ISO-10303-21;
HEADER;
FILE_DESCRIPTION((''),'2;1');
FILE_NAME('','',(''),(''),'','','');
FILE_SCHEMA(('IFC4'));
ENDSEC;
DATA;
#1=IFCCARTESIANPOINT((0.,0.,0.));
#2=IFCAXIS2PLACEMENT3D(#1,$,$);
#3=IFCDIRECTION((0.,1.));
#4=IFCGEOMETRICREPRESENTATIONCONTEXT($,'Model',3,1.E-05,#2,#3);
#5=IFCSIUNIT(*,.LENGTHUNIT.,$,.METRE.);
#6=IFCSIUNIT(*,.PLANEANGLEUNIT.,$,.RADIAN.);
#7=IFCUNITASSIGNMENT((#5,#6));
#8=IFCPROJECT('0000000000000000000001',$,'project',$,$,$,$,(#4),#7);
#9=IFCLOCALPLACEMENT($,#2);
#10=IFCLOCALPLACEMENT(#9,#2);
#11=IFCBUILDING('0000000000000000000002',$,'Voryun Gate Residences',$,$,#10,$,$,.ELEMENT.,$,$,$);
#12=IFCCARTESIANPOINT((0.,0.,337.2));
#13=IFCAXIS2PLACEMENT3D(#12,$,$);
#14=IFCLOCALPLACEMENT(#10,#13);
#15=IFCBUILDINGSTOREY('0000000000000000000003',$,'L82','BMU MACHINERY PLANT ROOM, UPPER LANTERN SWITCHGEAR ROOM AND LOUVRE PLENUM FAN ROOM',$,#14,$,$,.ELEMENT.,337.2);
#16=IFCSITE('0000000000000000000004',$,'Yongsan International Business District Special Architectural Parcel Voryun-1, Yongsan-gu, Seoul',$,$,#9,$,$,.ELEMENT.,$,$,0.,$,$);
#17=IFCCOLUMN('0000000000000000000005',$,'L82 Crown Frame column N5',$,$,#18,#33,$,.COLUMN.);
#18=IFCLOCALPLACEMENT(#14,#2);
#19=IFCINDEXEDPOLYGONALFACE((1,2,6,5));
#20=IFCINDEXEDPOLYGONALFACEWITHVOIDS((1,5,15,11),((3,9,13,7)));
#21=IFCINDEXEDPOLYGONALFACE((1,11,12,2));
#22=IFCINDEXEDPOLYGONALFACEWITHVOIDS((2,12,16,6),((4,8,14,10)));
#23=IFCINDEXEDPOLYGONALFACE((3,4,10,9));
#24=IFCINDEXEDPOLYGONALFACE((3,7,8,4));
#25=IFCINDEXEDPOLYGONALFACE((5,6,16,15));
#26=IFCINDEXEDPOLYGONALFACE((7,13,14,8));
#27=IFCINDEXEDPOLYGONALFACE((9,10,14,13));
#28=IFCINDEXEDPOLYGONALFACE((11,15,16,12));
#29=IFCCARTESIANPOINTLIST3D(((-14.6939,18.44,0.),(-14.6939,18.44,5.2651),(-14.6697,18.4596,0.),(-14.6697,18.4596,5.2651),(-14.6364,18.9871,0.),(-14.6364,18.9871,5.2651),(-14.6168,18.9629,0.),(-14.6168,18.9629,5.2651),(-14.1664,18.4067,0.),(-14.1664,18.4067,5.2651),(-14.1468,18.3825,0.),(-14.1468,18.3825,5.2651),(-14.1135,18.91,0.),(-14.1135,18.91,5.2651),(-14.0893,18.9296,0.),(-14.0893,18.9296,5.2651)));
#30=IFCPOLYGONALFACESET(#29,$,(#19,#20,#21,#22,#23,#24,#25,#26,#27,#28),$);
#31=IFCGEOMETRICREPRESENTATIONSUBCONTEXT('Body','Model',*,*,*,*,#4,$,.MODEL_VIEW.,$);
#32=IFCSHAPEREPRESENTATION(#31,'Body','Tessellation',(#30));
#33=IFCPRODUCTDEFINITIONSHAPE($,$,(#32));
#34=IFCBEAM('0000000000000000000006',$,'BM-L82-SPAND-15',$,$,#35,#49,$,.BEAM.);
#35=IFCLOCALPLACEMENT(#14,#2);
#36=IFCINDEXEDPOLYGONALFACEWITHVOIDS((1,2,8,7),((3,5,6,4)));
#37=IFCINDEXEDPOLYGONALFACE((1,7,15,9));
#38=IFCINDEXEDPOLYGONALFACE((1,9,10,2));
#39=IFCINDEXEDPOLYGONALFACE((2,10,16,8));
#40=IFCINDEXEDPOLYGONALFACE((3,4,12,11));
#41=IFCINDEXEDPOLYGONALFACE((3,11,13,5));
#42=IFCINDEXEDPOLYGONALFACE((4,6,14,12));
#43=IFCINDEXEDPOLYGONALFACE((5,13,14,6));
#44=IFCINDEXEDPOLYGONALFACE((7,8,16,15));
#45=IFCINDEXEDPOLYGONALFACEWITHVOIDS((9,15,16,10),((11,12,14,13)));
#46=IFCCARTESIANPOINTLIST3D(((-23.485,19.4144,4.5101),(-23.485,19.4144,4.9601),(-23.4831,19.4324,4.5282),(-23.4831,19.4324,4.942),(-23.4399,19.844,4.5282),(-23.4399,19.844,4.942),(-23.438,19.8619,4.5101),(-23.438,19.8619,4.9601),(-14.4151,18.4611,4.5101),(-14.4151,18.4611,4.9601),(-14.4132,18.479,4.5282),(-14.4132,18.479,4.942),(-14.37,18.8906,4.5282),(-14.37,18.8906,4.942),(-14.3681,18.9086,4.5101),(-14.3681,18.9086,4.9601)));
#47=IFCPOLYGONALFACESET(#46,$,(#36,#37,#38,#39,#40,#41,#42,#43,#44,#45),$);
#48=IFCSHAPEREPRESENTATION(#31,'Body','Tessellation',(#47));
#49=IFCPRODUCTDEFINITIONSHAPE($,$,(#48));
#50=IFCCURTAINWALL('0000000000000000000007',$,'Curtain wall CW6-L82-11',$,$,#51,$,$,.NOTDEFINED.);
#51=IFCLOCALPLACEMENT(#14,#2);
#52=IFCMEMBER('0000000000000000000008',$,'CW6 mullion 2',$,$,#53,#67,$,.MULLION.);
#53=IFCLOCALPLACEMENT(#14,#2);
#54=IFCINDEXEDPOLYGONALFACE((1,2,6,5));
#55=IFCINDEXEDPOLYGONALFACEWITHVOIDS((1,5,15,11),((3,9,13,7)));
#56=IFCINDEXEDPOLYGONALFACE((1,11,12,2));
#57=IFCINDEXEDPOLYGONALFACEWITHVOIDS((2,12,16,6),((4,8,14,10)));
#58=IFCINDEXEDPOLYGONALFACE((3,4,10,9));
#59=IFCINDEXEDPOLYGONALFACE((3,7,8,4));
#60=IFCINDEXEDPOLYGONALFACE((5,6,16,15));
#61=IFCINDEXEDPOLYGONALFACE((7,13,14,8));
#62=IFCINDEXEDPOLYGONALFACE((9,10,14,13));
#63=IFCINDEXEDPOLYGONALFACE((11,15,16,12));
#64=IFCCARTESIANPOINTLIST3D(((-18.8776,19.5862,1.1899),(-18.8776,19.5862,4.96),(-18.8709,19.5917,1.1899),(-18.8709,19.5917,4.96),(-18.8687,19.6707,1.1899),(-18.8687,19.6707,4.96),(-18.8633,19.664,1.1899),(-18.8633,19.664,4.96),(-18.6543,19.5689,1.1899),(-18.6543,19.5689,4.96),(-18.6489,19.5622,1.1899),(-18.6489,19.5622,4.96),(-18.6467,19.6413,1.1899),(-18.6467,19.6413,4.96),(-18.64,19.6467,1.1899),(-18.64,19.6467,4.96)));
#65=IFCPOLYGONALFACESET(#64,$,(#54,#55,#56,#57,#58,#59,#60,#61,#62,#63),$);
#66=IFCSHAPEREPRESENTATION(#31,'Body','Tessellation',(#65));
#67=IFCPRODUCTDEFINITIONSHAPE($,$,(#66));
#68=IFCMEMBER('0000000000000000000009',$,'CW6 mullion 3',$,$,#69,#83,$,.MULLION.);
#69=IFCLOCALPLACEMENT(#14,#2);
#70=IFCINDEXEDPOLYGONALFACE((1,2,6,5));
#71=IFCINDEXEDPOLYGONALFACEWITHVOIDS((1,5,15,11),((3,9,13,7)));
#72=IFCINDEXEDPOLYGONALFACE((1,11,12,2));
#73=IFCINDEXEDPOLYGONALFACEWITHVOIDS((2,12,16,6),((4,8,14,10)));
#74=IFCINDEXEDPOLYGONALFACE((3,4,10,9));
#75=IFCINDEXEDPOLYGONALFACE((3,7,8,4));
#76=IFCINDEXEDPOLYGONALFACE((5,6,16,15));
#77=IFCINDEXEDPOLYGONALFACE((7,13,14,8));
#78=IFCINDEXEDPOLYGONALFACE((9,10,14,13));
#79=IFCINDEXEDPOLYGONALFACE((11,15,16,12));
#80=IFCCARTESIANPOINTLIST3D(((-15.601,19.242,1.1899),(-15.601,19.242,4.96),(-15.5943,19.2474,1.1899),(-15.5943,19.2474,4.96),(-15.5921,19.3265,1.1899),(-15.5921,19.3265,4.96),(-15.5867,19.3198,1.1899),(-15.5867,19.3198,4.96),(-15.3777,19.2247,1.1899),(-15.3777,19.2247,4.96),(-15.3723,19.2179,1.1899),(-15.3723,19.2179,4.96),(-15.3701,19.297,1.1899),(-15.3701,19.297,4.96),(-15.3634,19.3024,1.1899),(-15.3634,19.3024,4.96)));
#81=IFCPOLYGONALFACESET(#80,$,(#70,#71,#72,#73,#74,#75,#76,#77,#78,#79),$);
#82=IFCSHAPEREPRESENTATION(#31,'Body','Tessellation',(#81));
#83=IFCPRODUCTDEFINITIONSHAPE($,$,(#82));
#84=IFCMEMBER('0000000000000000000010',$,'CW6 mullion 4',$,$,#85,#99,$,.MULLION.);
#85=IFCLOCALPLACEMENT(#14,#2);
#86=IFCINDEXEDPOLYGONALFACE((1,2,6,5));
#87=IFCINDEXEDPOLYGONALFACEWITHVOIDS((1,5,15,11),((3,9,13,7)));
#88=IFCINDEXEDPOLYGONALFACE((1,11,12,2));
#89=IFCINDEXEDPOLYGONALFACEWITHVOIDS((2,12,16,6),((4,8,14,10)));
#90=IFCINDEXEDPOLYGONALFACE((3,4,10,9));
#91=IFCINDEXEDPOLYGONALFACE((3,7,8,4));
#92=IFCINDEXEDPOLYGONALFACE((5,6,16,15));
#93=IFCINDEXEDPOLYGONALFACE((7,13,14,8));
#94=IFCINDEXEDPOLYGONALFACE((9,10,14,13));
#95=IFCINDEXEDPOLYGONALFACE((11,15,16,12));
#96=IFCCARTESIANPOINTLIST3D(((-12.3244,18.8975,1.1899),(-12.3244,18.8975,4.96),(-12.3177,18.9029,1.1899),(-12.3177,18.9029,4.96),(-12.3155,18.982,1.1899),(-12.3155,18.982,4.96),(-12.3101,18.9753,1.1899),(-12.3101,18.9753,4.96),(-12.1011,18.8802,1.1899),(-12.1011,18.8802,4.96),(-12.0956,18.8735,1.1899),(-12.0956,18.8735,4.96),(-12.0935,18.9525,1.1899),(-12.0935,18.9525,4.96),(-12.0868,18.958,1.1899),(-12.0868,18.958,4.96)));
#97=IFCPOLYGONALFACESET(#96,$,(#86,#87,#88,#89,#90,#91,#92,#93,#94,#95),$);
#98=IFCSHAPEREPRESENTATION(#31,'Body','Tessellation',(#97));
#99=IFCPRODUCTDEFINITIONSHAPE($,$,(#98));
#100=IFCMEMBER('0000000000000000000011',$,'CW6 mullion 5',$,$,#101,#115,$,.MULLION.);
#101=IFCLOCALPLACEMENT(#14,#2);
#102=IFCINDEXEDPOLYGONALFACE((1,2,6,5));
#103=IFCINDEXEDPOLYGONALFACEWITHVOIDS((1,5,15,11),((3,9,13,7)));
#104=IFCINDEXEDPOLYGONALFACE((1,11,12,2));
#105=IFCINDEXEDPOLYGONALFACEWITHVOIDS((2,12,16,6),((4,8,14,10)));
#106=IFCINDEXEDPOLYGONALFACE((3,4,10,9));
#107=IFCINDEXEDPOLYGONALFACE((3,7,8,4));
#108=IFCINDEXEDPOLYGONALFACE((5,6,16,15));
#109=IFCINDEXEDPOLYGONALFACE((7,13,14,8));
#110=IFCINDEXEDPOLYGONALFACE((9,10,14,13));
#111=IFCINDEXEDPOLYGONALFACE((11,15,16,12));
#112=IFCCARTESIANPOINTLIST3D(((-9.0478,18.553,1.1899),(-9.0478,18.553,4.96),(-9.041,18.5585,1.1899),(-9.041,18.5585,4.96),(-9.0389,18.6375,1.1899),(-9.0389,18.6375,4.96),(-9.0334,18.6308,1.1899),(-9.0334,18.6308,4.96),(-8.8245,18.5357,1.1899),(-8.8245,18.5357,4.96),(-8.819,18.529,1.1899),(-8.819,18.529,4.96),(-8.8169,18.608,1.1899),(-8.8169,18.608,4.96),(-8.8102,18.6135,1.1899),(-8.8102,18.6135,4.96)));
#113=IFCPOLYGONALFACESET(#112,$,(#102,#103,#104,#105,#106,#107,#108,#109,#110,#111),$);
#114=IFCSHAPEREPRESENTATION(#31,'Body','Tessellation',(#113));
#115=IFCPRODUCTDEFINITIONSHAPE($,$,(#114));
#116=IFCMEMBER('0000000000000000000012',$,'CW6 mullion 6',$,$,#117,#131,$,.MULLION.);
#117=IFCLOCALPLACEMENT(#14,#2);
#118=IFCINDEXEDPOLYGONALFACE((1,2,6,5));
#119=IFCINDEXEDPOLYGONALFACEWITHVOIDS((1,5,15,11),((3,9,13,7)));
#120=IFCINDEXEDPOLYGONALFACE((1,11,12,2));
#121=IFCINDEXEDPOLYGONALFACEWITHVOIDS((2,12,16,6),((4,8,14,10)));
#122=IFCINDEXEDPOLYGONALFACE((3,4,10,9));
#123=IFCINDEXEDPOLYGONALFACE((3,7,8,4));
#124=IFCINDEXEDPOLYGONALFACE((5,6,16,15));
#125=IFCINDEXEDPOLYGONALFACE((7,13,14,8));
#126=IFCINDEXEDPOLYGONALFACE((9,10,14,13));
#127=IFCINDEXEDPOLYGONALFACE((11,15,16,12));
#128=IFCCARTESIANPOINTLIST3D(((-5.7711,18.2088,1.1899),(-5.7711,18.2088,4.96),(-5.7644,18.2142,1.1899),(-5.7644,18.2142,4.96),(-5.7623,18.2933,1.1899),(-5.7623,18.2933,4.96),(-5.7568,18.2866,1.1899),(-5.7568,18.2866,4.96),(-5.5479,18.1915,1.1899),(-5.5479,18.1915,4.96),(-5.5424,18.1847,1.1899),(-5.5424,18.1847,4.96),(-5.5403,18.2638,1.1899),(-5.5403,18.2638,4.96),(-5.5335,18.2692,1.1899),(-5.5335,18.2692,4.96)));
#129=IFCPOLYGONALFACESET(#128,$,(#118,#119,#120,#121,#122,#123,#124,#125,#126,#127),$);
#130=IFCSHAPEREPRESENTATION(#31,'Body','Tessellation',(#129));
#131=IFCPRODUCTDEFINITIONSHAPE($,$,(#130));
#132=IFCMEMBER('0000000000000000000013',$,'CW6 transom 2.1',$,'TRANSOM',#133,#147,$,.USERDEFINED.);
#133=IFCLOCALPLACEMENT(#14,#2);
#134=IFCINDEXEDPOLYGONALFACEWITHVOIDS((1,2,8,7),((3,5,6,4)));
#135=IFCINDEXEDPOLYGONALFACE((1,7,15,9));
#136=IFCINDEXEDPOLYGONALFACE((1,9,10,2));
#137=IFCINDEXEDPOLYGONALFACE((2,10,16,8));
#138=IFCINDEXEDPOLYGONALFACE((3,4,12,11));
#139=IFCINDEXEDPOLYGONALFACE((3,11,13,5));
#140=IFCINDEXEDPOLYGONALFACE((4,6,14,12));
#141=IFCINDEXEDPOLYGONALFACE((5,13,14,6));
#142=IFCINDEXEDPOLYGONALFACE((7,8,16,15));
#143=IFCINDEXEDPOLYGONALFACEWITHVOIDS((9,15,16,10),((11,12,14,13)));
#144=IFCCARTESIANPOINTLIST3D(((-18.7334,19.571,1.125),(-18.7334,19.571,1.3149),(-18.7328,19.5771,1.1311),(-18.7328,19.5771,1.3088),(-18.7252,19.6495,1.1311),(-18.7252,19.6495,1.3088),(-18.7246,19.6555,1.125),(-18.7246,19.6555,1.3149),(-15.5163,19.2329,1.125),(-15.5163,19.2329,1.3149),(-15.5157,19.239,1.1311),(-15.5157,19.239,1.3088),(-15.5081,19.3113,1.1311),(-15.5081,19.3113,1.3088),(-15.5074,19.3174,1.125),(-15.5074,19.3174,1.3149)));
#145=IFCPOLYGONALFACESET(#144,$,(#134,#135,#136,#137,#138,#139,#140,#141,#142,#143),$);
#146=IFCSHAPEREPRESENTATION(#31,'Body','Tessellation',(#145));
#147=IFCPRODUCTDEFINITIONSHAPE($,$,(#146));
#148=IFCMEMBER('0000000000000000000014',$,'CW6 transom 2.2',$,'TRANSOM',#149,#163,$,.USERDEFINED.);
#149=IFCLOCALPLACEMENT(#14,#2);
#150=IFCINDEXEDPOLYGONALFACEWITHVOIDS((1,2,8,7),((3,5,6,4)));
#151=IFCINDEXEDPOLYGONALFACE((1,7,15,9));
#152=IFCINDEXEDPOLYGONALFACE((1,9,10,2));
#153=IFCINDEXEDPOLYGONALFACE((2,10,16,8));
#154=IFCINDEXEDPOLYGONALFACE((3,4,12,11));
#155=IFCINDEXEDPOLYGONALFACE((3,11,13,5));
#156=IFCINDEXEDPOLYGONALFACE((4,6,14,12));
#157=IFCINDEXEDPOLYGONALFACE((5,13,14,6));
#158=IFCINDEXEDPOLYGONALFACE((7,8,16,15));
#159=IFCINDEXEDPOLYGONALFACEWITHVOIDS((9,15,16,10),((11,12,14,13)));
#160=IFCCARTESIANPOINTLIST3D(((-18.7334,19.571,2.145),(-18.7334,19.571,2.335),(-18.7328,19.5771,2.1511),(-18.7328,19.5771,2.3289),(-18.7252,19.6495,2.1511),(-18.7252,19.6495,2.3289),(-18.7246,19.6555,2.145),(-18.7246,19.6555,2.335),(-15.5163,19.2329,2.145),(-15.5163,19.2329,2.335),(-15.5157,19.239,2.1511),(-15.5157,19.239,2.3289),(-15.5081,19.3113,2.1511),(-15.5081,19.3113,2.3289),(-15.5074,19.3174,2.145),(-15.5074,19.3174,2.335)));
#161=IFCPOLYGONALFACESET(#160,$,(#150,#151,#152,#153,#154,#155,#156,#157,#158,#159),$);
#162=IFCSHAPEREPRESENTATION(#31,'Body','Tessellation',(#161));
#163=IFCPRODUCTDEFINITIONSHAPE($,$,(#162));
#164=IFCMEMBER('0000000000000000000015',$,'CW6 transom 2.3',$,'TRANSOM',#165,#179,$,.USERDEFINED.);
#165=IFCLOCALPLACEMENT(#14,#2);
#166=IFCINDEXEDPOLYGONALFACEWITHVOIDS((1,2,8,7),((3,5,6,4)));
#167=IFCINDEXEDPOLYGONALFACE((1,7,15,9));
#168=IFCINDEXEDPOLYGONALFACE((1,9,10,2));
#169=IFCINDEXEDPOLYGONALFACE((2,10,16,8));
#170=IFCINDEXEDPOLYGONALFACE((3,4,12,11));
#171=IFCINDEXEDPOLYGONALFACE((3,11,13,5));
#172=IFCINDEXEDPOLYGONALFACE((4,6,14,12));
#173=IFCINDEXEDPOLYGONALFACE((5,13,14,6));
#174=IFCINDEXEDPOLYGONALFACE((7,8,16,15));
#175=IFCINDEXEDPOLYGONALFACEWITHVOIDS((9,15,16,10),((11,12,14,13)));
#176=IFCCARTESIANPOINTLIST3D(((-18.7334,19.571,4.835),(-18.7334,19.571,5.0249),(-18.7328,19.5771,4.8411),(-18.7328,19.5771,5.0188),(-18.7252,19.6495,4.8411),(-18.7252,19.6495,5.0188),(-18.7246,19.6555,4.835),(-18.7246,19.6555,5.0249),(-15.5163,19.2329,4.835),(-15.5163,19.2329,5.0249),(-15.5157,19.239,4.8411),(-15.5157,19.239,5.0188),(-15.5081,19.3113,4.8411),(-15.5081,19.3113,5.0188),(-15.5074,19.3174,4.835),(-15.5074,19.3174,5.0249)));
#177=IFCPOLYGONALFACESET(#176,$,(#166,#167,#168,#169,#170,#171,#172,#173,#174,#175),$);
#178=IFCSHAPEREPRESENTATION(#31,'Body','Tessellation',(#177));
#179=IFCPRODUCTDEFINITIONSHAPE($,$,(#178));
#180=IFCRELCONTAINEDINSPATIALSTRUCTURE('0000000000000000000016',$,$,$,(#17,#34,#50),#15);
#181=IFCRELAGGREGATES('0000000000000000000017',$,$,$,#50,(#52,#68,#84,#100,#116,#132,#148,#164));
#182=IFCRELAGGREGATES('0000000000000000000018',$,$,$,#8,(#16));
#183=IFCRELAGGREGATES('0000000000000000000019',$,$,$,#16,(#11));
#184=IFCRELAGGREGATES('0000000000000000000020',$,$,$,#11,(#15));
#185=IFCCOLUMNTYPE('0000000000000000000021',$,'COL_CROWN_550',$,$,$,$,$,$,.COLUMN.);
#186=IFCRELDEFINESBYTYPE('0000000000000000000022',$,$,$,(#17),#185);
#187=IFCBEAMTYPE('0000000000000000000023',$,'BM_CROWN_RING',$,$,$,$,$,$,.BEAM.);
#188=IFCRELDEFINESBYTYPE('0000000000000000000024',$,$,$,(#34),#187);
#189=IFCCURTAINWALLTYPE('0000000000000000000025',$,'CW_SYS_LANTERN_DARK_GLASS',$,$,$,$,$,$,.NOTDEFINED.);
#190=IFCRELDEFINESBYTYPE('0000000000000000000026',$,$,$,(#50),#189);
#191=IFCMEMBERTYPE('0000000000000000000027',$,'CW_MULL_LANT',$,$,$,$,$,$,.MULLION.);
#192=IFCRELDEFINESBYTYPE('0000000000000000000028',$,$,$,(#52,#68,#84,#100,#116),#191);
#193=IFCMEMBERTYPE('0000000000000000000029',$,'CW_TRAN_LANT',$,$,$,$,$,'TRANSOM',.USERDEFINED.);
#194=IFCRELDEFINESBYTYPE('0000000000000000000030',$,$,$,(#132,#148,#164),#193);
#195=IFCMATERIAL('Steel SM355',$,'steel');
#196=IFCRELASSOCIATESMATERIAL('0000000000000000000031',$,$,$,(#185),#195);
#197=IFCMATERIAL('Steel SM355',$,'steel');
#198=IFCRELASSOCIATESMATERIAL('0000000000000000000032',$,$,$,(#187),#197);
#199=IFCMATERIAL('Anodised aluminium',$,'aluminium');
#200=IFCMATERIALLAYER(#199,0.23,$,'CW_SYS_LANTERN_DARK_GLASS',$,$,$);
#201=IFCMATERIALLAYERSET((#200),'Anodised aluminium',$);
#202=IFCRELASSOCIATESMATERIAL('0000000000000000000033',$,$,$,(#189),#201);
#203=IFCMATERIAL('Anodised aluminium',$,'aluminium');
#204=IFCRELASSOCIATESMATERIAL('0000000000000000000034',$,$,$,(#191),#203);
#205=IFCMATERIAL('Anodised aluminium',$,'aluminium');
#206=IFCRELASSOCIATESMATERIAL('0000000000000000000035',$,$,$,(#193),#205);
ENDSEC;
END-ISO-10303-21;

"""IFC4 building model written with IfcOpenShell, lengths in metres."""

from ifc_helpers import new_model, si_unit, direction, frame, origin, origin_2d, place, context, subcontext, project, spatial, hollow_rectangle, extrude, material, layer, layer_set, material_profile, profile_set, type_object, element, aggregate, save


model = new_model("IFC4")

# Units and contexts
model_context = context("Model", 3, precision=1e-05, world=origin(), true_north=direction((0.0, 1.0)))
body_context = subcontext(model_context, "Body", "Model", "MODEL_VIEW")
ifc_project = project(units=[si_unit("LENGTHUNIT", "METRE"), si_unit("PLANEANGLEUNIT", "RADIAN")], contexts=[model_context])

# Site, building, storey
site_placement = place(None, origin())
site = spatial("IfcSite", under=ifc_project, at=site_placement, Name="Yongsan International Business District Special Architectural Parcel Voryun-1, Yongsan-gu, Seoul", CompositionType="ELEMENT", RefElevation=0.0)
building_placement = place(site_placement, origin())
building = spatial("IfcBuilding", under=site, at=building_placement, Name="Voryun Gate Residences", CompositionType="ELEMENT")
storey_placement = place(building_placement, frame((0.0, 0.0, 337.2)))
storey = spatial("IfcBuildingStorey", under=building, at=storey_placement, Name="L82", Description="BMU MACHINERY PLANT ROOM, UPPER LANTERN SWITCHGEAR ROOM AND LOUVRE PLENUM FAN ROOM", CompositionType="ELEMENT", Elevation=337.2)

# Column
ifc_material_1 = material(Name="Steel SM355", Category="steel")
ifc_material_profile_1 = material_profile(ifc_material_1, hollow_rectangle(XDim=0.55, YDim=0.55, WallThickness=0.022, at=origin_2d()), Name="BOX-550x550x22")
ifc_profile_set_1 = profile_set([ifc_material_profile_1], Name="Steel SM355")
column_type = type_object("IfcColumnType", Name="COL_CROWN_550", PredefinedType="COLUMN", material=ifc_profile_set_1)
column_placement = place(storey_placement, frame((-14.3916, 18.6848, 0.0), z_axis=(0.0, 0.0, 1.0), x_axis=(0.994522, -0.104528, 0.0)))
element("IfcColumn", 1, at=column_placement, inside=storey, type_object=column_type, Name="L82 Crown Frame column N5", PredefinedType="COLUMN", context=body_context, shape_type="SweptSolid", body=[
    extrude(hollow_rectangle(XDim=0.55, YDim=0.55, WallThickness=0.022, at=origin_2d()), origin(), (0.0, 0.0, 1.0), 5.2651),
])

# Beam
ifc_material_2 = material(Name="Steel SM355", Category="steel")
ifc_material_profile_2 = material_profile(ifc_material_2, hollow_rectangle(XDim=0.45, YDim=0.45, WallThickness=0.0181, at=origin_2d()), Name="BOX-450x450x18")
ifc_profile_set_2 = profile_set([ifc_material_profile_2], Name="Steel SM355")
beam_type = type_object("IfcBeamType", Name="BM_CROWN_RING", PredefinedType="BEAM", material=ifc_profile_set_2)
beam_placement = place(storey_placement, frame((-14.3916, 18.6848, 4.7351), z_axis=(-0.994521, 0.104538, 0.0), x_axis=(-0.104538, -0.994521, 0.0)))
element("IfcBeam", 2, at=beam_placement, inside=storey, type_object=beam_type, Name="BM-L82-SPAND-15", PredefinedType="BEAM", context=body_context, shape_type="SweptSolid", body=[
    extrude(hollow_rectangle(XDim=0.45, YDim=0.45, WallThickness=0.0181, at=origin_2d()), origin(), (0.0, 0.0, 1.0), 9.1199),
])

# Curtain wall, members
ifc_material_3 = material(Name="Anodised aluminium", Category="aluminium")
ifc_layer_1 = layer(ifc_material_3, 0.23, Name="CW_SYS_LANTERN_DARK_GLASS")
ifc_layer_set_1 = layer_set([ifc_layer_1], Name="Anodised aluminium")
curtain_wall_type = type_object("IfcCurtainWallType", Name="CW_SYS_LANTERN_DARK_GLASS", PredefinedType="NOTDEFINED", material=ifc_layer_set_1)
curtain_wall_placement = place(storey_placement, origin())
curtain_wall = element("IfcCurtainWall", 3, at=curtain_wall_placement, inside=storey, type_object=curtain_wall_type, Name="Curtain wall CW6-L82-11", PredefinedType="NOTDEFINED")
ifc_material_4 = material(Name="Anodised aluminium", Category="aluminium")
ifc_material_profile_3 = material_profile(ifc_material_4, hollow_rectangle(XDim=0.085, YDim=0.23, WallThickness=0.0061, at=origin_2d()), Name="ALU-MULL-230x85x6")
ifc_profile_set_3 = profile_set([ifc_material_profile_3], Name="Anodised aluminium")
member_type_1 = type_object("IfcMemberType", Name="CW_MULL_LANT", PredefinedType="MULLION", material=ifc_profile_set_3)
member_1_placement = place(storey_placement, frame((-18.7588, 19.6165, 1.1899), z_axis=(0.0, 0.0, 1.0), x_axis=(0.104528, 0.994522, 0.0)))
member_1 = element("IfcMember", 4, at=member_1_placement, type_object=member_type_1, Name="CW6 mullion 2", PredefinedType="MULLION", context=body_context, shape_type="SweptSolid", body=[
    extrude(hollow_rectangle(XDim=0.085, YDim=0.23, WallThickness=0.0061, at=origin_2d()), origin(), (0.0, 0.0, 1.0), 3.77),
])
member_2_placement = place(storey_placement, frame((-15.4822, 19.2722, 1.1899), z_axis=(0.0, 0.0, 1.0), x_axis=(0.104528, 0.994522, 0.0)))
member_2 = element("IfcMember", 5, at=member_2_placement, type_object=member_type_1, Name="CW6 mullion 3", PredefinedType="MULLION", context=body_context, shape_type="SweptSolid", body=[
    extrude(hollow_rectangle(XDim=0.085, YDim=0.23, WallThickness=0.0061, at=origin_2d()), origin(), (0.0, 0.0, 1.0), 3.77),
])
member_3_placement = place(storey_placement, frame((-12.2056, 18.9277, 1.1899), z_axis=(0.0, 0.0, 1.0), x_axis=(0.104528, 0.994522, 0.0)))
member_3 = element("IfcMember", 6, at=member_3_placement, type_object=member_type_1, Name="CW6 mullion 4", PredefinedType="MULLION", context=body_context, shape_type="SweptSolid", body=[
    extrude(hollow_rectangle(XDim=0.085, YDim=0.23, WallThickness=0.0061, at=origin_2d()), origin(), (0.0, 0.0, 1.0), 3.77),
])
member_4_placement = place(storey_placement, frame((-8.929, 18.5833, 1.1899), z_axis=(0.0, 0.0, 1.0), x_axis=(0.104528, 0.994522, 0.0)))
member_4 = element("IfcMember", 7, at=member_4_placement, type_object=member_type_1, Name="CW6 mullion 5", PredefinedType="MULLION", context=body_context, shape_type="SweptSolid", body=[
    extrude(hollow_rectangle(XDim=0.085, YDim=0.23, WallThickness=0.0061, at=origin_2d()), origin(), (0.0, 0.0, 1.0), 3.77),
])
member_5_placement = place(storey_placement, frame((-5.6523, 18.239, 1.1899), z_axis=(0.0, 0.0, 1.0), x_axis=(0.104528, 0.994522, 0.0)))
member_5 = element("IfcMember", 8, at=member_5_placement, type_object=member_type_1, Name="CW6 mullion 6", PredefinedType="MULLION", context=body_context, shape_type="SweptSolid", body=[
    extrude(hollow_rectangle(XDim=0.085, YDim=0.23, WallThickness=0.0061, at=origin_2d()), origin(), (0.0, 0.0, 1.0), 3.77),
])
ifc_material_5 = material(Name="Anodised aluminium", Category="aluminium")
ifc_material_profile_4 = material_profile(ifc_material_5, hollow_rectangle(XDim=0.085, YDim=0.1899, WallThickness=0.0061, at=origin_2d()), Name="ALU-TRAN-190x85x6")
ifc_profile_set_4 = profile_set([ifc_material_profile_4], Name="Anodised aluminium")
member_type_2 = type_object("IfcMemberType", Name="CW_TRAN_LANT", ElementType="TRANSOM", PredefinedType="USERDEFINED", material=ifc_profile_set_4)
member_6_placement = place(storey_placement, frame((-18.729, 19.6133, 1.22), z_axis=(0.994522, -0.104532, 0.0), x_axis=(0.104532, 0.994522, 0.0)))
member_6 = element("IfcMember", 9, at=member_6_placement, type_object=member_type_2, Name="CW6 transom 2.1", ObjectType="TRANSOM", PredefinedType="USERDEFINED", context=body_context, shape_type="SweptSolid", body=[
    extrude(hollow_rectangle(XDim=0.085, YDim=0.1899, WallThickness=0.0061, at=origin_2d()), origin(), (0.0, 0.0, 1.0), 3.2349),
])
member_7_placement = place(storey_placement, frame((-18.729, 19.6133, 2.24), z_axis=(0.994522, -0.104532, 0.0), x_axis=(0.104532, 0.994522, 0.0)))
member_7 = element("IfcMember", 10, at=member_7_placement, type_object=member_type_2, Name="CW6 transom 2.2", ObjectType="TRANSOM", PredefinedType="USERDEFINED", context=body_context, shape_type="SweptSolid", body=[
    extrude(hollow_rectangle(XDim=0.085, YDim=0.1899, WallThickness=0.0061, at=origin_2d()), origin(), (0.0, 0.0, 1.0), 3.2349),
])
member_8_placement = place(storey_placement, frame((-18.729, 19.6133, 4.9299), z_axis=(0.994522, -0.104532, 0.0), x_axis=(0.104532, 0.994522, 0.0)))
member_8 = element("IfcMember", 11, at=member_8_placement, type_object=member_type_2, Name="CW6 transom 2.3", ObjectType="TRANSOM", PredefinedType="USERDEFINED", context=body_context, shape_type="SweptSolid", body=[
    extrude(hollow_rectangle(XDim=0.085, YDim=0.1899, WallThickness=0.0061, at=origin_2d()), origin(), (0.0, 0.0, 1.0), 3.2349),
])

aggregate(curtain_wall, [member_1, member_2, member_3, member_4, member_5, member_6, member_7, member_8])

save(model, "model.ifc")
